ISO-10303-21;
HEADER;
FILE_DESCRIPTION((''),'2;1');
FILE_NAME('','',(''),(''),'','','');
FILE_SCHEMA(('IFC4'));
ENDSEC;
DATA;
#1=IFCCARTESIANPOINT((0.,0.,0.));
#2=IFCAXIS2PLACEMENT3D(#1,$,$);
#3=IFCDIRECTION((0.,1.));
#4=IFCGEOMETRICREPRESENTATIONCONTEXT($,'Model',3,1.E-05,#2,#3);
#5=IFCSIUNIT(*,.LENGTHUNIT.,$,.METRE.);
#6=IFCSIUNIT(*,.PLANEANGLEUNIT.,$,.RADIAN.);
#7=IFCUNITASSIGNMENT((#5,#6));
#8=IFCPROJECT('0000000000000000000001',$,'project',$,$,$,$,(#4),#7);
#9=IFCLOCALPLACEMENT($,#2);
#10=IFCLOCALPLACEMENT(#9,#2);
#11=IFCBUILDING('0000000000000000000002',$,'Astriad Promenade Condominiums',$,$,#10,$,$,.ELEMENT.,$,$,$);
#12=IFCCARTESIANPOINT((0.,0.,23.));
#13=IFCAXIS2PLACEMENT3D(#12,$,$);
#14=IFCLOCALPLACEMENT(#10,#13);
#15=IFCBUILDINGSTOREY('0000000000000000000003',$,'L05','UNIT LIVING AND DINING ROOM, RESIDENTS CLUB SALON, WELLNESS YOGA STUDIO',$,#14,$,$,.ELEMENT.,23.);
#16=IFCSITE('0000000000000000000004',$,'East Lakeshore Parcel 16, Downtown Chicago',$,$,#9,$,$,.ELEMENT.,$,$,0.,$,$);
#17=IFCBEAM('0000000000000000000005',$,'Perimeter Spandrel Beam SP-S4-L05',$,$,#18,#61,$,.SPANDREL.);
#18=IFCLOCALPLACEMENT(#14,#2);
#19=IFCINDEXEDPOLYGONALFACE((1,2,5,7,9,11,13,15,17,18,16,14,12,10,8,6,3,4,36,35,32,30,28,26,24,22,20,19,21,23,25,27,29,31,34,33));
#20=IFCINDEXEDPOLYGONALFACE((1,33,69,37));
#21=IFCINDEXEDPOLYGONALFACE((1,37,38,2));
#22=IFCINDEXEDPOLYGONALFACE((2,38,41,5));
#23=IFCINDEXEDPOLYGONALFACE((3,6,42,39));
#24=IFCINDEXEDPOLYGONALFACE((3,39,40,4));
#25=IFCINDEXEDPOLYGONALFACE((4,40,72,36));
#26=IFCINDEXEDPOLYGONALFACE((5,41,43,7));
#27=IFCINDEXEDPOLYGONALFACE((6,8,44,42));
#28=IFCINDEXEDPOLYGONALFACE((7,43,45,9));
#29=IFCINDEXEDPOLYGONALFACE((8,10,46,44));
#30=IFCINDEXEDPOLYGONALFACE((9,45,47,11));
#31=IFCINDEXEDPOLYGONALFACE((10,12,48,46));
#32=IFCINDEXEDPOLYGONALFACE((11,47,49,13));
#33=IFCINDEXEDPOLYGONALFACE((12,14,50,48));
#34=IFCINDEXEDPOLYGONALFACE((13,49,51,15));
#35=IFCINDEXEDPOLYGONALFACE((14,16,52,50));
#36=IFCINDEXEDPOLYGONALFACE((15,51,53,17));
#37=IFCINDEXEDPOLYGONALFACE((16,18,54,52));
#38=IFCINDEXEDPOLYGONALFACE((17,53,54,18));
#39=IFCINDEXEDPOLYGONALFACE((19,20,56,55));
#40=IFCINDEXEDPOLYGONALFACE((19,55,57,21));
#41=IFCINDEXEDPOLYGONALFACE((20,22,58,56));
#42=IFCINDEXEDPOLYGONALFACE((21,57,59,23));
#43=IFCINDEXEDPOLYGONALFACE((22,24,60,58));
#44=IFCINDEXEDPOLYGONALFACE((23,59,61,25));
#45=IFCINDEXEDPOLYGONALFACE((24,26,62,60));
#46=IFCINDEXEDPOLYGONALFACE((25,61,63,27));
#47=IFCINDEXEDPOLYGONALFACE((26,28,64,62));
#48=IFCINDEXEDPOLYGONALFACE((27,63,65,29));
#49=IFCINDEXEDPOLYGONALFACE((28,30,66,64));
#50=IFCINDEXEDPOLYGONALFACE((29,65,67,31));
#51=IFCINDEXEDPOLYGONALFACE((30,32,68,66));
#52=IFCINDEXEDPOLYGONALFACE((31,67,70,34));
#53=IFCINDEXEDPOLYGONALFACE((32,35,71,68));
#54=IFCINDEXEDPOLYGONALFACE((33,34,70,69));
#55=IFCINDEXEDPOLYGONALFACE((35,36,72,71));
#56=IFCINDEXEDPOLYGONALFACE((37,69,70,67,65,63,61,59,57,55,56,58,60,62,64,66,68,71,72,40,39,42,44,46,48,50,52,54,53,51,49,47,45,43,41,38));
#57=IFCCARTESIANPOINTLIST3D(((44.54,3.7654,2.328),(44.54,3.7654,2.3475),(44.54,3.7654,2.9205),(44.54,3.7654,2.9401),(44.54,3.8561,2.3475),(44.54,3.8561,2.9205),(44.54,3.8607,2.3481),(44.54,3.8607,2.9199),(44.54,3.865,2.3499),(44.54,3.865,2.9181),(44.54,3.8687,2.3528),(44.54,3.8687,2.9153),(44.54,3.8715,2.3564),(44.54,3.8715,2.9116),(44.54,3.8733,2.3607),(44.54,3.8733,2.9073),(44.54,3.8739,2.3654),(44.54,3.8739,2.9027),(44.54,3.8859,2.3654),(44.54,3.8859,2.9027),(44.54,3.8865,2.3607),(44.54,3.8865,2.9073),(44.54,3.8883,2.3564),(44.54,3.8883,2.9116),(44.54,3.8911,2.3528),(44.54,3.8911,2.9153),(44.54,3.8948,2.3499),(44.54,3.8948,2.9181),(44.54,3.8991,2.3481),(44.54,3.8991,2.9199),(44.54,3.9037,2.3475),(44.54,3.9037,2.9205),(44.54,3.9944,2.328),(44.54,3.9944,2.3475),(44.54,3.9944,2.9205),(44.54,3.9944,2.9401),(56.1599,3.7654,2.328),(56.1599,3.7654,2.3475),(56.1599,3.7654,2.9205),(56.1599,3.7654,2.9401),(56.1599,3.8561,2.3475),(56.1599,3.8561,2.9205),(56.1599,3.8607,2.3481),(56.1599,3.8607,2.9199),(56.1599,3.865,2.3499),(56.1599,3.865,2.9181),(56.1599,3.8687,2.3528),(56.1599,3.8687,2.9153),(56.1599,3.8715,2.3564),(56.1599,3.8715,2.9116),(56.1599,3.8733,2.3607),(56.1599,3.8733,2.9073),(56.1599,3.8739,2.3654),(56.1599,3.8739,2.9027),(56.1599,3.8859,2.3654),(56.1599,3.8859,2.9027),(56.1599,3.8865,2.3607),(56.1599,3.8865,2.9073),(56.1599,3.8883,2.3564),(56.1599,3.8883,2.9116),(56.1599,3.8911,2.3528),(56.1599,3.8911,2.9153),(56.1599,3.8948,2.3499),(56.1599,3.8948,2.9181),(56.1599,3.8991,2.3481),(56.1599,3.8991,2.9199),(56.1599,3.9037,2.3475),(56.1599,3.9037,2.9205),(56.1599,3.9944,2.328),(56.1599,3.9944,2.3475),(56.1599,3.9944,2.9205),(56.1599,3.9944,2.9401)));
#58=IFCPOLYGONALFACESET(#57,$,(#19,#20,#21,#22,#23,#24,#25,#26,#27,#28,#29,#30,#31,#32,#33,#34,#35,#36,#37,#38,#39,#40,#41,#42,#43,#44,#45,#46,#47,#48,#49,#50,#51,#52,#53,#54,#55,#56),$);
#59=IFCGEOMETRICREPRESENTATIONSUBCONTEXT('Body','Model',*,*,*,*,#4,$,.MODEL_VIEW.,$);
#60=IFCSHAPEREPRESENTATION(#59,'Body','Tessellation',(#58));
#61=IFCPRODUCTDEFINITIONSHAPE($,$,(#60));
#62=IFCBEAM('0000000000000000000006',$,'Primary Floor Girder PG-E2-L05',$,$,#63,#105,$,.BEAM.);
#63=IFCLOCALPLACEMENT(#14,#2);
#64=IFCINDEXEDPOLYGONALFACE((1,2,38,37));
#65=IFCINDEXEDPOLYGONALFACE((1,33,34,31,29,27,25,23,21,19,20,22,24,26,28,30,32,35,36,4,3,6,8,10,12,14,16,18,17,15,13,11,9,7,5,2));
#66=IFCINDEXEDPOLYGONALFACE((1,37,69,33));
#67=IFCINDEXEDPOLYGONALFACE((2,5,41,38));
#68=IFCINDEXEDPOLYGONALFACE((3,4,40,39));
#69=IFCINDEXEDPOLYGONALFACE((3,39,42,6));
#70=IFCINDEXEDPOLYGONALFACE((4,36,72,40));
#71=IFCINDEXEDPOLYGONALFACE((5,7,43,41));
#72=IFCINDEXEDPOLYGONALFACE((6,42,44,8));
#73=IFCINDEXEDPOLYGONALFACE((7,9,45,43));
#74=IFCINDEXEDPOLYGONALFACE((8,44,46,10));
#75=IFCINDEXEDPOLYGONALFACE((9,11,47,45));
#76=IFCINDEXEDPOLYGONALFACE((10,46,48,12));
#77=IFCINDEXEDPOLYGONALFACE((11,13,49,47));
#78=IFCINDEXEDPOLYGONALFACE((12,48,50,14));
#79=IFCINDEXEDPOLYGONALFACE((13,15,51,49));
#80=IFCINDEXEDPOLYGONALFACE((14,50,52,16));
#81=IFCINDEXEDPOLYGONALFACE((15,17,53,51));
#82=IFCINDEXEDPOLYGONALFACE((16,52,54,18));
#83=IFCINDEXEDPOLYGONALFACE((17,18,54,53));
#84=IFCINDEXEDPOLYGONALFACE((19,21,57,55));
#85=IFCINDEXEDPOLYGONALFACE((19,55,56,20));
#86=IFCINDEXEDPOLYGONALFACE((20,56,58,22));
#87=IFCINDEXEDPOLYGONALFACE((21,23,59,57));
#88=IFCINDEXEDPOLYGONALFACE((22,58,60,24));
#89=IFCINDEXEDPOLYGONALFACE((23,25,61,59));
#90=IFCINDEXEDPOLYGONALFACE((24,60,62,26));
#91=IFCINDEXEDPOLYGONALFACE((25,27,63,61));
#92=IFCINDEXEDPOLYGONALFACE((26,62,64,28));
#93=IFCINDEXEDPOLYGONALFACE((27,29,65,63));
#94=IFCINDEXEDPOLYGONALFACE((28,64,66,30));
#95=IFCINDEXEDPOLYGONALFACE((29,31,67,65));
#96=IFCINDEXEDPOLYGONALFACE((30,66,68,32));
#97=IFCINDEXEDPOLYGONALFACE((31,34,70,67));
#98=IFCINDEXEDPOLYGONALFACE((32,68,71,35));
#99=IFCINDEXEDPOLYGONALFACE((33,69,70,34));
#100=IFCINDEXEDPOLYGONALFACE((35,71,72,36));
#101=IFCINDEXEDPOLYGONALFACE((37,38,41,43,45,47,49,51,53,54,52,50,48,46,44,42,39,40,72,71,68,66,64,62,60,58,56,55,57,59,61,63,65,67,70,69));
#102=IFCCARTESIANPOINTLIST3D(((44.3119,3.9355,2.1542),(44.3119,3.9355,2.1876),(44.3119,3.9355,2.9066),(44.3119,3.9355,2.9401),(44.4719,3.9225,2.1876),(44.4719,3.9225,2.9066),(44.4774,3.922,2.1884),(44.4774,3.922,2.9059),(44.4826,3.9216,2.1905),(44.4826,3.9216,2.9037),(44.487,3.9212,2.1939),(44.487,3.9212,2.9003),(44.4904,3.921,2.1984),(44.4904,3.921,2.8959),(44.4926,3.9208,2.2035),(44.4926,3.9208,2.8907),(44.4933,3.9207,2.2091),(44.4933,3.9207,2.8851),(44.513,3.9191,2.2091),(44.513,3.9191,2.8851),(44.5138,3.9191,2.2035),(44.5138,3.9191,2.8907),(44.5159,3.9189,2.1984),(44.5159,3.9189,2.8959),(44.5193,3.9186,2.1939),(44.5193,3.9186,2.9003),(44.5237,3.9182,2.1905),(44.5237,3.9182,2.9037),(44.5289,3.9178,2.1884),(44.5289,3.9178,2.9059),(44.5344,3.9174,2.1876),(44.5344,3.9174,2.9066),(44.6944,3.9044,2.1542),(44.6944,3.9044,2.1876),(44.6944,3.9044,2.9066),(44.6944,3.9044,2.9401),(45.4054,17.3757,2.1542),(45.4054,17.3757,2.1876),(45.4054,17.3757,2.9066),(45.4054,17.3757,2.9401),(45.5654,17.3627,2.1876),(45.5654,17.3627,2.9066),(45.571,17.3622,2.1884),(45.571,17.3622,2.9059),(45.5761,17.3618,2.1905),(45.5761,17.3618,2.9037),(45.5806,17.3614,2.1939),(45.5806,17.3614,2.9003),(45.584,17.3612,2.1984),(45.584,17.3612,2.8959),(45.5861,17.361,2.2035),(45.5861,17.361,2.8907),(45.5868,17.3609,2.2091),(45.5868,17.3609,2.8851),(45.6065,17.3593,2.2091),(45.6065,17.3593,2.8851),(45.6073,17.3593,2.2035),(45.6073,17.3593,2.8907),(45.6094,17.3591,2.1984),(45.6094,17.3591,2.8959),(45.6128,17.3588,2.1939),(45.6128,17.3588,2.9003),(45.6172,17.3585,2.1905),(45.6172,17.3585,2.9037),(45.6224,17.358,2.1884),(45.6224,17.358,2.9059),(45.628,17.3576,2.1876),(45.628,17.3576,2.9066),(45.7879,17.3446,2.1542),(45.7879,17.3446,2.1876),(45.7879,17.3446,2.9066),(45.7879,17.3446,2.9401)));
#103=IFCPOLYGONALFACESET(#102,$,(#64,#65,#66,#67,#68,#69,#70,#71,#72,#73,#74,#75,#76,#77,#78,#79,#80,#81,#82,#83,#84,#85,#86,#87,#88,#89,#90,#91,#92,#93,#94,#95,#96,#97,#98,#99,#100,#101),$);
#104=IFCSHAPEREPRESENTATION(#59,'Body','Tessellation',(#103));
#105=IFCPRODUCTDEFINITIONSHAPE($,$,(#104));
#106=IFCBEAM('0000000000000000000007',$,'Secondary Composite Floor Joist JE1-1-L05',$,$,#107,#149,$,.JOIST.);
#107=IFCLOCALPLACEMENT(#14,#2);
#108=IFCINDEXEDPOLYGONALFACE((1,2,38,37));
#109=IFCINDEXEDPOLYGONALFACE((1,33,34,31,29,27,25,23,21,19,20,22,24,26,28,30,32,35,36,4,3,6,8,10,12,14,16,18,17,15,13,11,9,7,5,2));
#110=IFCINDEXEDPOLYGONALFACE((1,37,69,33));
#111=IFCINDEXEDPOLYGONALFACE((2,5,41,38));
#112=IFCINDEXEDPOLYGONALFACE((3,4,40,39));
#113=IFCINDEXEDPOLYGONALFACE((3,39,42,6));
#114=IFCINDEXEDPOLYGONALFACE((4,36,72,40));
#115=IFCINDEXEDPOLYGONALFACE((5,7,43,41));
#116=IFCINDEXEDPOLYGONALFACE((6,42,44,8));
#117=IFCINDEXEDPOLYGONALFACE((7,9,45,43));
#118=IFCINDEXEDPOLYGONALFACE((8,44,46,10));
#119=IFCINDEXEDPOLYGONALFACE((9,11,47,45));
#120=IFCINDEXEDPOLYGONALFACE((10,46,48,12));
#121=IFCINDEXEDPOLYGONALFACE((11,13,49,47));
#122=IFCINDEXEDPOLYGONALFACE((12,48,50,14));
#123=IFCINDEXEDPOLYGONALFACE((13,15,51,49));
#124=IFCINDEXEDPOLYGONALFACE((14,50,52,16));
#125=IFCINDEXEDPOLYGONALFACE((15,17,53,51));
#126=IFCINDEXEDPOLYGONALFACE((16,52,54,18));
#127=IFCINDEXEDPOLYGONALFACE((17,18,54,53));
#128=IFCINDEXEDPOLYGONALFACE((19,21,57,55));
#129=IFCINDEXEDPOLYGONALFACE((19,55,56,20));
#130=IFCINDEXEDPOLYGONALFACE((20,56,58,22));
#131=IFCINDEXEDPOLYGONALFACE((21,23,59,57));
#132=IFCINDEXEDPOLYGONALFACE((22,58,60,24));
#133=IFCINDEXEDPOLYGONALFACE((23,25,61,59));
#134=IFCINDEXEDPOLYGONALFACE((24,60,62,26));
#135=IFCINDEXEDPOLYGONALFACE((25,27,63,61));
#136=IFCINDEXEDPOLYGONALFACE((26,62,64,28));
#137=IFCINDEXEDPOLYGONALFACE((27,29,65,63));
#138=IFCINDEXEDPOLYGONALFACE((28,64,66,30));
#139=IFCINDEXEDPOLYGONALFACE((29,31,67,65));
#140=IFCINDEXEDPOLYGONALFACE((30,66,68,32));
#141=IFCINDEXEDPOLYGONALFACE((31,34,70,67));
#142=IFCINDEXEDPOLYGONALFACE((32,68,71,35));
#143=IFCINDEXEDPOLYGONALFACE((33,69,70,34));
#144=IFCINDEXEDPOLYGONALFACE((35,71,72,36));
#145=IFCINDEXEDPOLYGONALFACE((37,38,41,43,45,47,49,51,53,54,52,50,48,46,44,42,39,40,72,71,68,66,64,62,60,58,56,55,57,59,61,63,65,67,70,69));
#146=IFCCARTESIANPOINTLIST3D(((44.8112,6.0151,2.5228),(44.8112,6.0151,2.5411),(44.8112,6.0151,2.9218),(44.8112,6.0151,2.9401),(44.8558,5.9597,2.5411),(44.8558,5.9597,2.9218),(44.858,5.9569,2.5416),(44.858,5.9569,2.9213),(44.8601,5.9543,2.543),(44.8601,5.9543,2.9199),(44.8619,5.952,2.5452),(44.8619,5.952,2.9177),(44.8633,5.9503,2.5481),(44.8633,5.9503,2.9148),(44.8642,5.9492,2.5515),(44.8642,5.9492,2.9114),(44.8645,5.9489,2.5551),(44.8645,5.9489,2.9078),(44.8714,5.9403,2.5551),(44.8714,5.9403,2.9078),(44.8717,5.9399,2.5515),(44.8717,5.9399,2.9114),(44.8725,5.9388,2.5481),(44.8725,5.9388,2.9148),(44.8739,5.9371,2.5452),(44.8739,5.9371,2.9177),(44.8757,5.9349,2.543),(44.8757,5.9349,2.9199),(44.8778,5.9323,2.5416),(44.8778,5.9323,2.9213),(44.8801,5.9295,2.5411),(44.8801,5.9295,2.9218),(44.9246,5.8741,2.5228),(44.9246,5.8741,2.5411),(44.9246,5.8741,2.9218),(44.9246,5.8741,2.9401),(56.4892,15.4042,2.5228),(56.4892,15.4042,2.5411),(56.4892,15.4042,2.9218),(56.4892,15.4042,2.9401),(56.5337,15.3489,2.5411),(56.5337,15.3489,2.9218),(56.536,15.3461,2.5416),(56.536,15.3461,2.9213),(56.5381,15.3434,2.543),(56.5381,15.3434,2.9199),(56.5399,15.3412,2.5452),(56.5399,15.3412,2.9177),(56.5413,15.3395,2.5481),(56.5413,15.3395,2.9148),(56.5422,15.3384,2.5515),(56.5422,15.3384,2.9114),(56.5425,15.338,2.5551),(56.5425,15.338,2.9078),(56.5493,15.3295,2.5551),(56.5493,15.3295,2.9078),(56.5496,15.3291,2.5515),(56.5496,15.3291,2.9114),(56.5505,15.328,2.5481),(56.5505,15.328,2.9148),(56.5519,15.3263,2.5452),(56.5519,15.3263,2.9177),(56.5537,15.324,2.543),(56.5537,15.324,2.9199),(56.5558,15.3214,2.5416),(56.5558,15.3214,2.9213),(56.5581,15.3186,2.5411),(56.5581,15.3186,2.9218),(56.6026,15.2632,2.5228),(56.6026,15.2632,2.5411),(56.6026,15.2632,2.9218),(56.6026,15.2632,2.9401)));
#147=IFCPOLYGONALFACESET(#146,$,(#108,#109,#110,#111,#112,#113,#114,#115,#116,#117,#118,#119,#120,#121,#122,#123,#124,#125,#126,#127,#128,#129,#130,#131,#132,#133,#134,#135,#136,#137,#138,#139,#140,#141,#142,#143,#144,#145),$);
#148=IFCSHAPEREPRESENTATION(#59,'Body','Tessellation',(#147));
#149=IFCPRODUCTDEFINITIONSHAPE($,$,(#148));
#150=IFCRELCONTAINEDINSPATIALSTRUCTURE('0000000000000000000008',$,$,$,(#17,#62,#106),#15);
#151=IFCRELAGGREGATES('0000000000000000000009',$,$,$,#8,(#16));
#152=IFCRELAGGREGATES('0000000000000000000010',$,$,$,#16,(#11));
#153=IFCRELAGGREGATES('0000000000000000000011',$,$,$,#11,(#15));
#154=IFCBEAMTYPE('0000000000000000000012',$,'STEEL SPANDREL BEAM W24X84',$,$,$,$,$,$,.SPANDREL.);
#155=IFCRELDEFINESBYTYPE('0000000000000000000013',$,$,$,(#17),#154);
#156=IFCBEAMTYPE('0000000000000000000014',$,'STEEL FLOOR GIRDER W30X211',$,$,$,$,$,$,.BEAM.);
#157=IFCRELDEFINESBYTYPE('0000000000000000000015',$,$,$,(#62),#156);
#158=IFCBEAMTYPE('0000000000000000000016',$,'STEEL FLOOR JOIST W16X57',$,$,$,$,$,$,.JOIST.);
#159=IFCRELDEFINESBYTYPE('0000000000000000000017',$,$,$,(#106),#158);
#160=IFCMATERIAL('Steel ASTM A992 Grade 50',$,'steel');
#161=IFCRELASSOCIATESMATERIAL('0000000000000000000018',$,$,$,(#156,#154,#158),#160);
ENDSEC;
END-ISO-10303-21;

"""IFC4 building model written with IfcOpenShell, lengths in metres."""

from ifc_helpers import new_model, si_unit, direction, frame, origin, origin_2d, place, context, subcontext, project, spatial, i_section, extrude, source, transform, mapped, material, material_profile, profile_set, type_object, type_shapes, element, save


model = new_model("IFC4")

# Units and contexts
model_context = context("Model", 3, precision=1e-05, world=origin(), true_north=direction((0.0, 1.0)))
body_context = subcontext(model_context, "Body", "Model", "MODEL_VIEW")
ifc_project = project(units=[si_unit("LENGTHUNIT", "METRE"), si_unit("PLANEANGLEUNIT", "RADIAN")], contexts=[model_context])

# Site, building, storey
site_placement = place(None, origin())
site = spatial("IfcSite", under=ifc_project, at=site_placement, Name="East Lakeshore Parcel 16, Downtown Chicago", CompositionType="ELEMENT", RefElevation=0.0)
building_placement = place(site_placement, origin())
building = spatial("IfcBuilding", under=site, at=building_placement, Name="Astriad Promenade Condominiums", CompositionType="ELEMENT")
storey_placement = place(building_placement, frame((0.0, 0.0, 23.0)))
storey = spatial("IfcBuildingStorey", under=building, at=storey_placement, Name="L05", Description="UNIT LIVING AND DINING ROOM, RESIDENTS CLUB SALON, WELLNESS YOGA STUDIO", CompositionType="ELEMENT", Elevation=23.0)

# Shared definitions
ifc_material_1 = material(Name="Steel ASTM A992 Grade 50", Category="steel")

# Beams
ifc_material_profile_1 = material_profile(ifc_material_1, i_section(OverallWidth=0.3838, OverallDepth=0.7859, WebThickness=0.0198, FlangeThickness=0.0334, FilletRadius=0.0215, at=origin_2d()), Name="W30X211")
ifc_profile_set_1 = profile_set([ifc_material_profile_1], Name="Steel ASTM A992 Grade 50")
beam_type_1 = type_object("IfcBeamType", Name="STEEL FLOOR GIRDER W30X211", PredefinedType="BEAM", material=ifc_profile_set_1)
ifc_material_profile_2 = material_profile(ifc_material_1, i_section(OverallWidth=0.229, OverallDepth=0.6121, WebThickness=0.012, FlangeThickness=0.0195, FilletRadius=0.0178, at=origin_2d()), Name="W24X84")
ifc_profile_set_2 = profile_set([ifc_material_profile_2], Name="Steel ASTM A992 Grade 50")
beam_type_2 = type_object("IfcBeamType", Name="STEEL SPANDREL BEAM W24X84", PredefinedType="SPANDREL", material=ifc_profile_set_2)
shared_shape_1 = source(origin(), body_context, "Body", "SweptSolid", [
    extrude(i_section(OverallWidth=0.229, OverallDepth=0.6121, WebThickness=0.012, FlangeThickness=0.0195, FilletRadius=0.0178, at=origin_2d()), origin(), (0.0, 0.0, 1.0), 11.6199),
])
type_shapes(beam_type_2, [shared_shape_1])
beam_1_placement = place(storey_placement, frame((44.54, 3.8799, 2.634), z_axis=(1.0, 0.0, 0.0), x_axis=(0.0, 1.0, 0.0)))
element("IfcBeam", 1, at=beam_1_placement, inside=storey, type_object=beam_type_2, Name="Perimeter Spandrel Beam SP-S4-L05", PredefinedType="SPANDREL", context=body_context, shape_type="MappedRepresentation", body=[
    mapped(shared_shape_1, transform((0.0, 0.0, 0.0), scale=1.0)),
])
shared_shape_2 = source(origin(), body_context, "Body", "SweptSolid", [
    extrude(i_section(OverallWidth=0.3838, OverallDepth=0.7859, WebThickness=0.0198, FlangeThickness=0.0334, FilletRadius=0.0215, at=origin_2d()), origin(), (0.0, 0.0, 1.0), 13.4846),
])
beam_2_placement = place(storey_placement, frame((44.5032, 3.9199, 2.5471), z_axis=(0.081093, 0.996707, 0.0), x_axis=(-0.996707, 0.081093, 0.0)))
element("IfcBeam", 2, at=beam_2_placement, inside=storey, type_object=beam_type_1, Name="Primary Floor Girder PG-E2-L05", PredefinedType="BEAM", context=body_context, shape_type="MappedRepresentation", body=[
    mapped(shared_shape_2, transform((0.0, 0.0, 0.0), scale=1.0)),
])
ifc_material_profile_3 = material_profile(ifc_material_1, i_section(OverallWidth=0.1809, OverallDepth=0.4172, WebThickness=0.011, FlangeThickness=0.0183, FilletRadius=0.0139, at=origin_2d()), Name="W16X57")
ifc_profile_set_3 = profile_set([ifc_material_profile_3], Name="Steel ASTM A992 Grade 50")
beam_type_3 = type_object("IfcBeamType", Name="STEEL FLOOR JOIST W16X57", PredefinedType="JOIST", material=ifc_profile_set_3)
shared_shape_3 = source(origin(), body_context, "Body", "SweptSolid", [
    extrude(i_section(OverallWidth=0.1809, OverallDepth=0.4172, WebThickness=0.011, FlangeThickness=0.0183, FilletRadius=0.0139, at=origin_2d()), origin(), (0.0, 0.0, 1.0), 14.9844),
])
beam_3_placement = place(storey_placement, frame((44.8679, 5.9446, 2.7314), z_axis=(0.779344, 0.626597, 0.0), x_axis=(-0.626597, 0.779344, 0.0)))
element("IfcBeam", 3, at=beam_3_placement, inside=storey, type_object=beam_type_3, Name="Secondary Composite Floor Joist JE1-1-L05", PredefinedType="JOIST", context=body_context, shape_type="MappedRepresentation", body=[
    mapped(shared_shape_3, transform((0.0, 0.0, 0.0), scale=1.0)),
])

save(model, "model.ifc")
